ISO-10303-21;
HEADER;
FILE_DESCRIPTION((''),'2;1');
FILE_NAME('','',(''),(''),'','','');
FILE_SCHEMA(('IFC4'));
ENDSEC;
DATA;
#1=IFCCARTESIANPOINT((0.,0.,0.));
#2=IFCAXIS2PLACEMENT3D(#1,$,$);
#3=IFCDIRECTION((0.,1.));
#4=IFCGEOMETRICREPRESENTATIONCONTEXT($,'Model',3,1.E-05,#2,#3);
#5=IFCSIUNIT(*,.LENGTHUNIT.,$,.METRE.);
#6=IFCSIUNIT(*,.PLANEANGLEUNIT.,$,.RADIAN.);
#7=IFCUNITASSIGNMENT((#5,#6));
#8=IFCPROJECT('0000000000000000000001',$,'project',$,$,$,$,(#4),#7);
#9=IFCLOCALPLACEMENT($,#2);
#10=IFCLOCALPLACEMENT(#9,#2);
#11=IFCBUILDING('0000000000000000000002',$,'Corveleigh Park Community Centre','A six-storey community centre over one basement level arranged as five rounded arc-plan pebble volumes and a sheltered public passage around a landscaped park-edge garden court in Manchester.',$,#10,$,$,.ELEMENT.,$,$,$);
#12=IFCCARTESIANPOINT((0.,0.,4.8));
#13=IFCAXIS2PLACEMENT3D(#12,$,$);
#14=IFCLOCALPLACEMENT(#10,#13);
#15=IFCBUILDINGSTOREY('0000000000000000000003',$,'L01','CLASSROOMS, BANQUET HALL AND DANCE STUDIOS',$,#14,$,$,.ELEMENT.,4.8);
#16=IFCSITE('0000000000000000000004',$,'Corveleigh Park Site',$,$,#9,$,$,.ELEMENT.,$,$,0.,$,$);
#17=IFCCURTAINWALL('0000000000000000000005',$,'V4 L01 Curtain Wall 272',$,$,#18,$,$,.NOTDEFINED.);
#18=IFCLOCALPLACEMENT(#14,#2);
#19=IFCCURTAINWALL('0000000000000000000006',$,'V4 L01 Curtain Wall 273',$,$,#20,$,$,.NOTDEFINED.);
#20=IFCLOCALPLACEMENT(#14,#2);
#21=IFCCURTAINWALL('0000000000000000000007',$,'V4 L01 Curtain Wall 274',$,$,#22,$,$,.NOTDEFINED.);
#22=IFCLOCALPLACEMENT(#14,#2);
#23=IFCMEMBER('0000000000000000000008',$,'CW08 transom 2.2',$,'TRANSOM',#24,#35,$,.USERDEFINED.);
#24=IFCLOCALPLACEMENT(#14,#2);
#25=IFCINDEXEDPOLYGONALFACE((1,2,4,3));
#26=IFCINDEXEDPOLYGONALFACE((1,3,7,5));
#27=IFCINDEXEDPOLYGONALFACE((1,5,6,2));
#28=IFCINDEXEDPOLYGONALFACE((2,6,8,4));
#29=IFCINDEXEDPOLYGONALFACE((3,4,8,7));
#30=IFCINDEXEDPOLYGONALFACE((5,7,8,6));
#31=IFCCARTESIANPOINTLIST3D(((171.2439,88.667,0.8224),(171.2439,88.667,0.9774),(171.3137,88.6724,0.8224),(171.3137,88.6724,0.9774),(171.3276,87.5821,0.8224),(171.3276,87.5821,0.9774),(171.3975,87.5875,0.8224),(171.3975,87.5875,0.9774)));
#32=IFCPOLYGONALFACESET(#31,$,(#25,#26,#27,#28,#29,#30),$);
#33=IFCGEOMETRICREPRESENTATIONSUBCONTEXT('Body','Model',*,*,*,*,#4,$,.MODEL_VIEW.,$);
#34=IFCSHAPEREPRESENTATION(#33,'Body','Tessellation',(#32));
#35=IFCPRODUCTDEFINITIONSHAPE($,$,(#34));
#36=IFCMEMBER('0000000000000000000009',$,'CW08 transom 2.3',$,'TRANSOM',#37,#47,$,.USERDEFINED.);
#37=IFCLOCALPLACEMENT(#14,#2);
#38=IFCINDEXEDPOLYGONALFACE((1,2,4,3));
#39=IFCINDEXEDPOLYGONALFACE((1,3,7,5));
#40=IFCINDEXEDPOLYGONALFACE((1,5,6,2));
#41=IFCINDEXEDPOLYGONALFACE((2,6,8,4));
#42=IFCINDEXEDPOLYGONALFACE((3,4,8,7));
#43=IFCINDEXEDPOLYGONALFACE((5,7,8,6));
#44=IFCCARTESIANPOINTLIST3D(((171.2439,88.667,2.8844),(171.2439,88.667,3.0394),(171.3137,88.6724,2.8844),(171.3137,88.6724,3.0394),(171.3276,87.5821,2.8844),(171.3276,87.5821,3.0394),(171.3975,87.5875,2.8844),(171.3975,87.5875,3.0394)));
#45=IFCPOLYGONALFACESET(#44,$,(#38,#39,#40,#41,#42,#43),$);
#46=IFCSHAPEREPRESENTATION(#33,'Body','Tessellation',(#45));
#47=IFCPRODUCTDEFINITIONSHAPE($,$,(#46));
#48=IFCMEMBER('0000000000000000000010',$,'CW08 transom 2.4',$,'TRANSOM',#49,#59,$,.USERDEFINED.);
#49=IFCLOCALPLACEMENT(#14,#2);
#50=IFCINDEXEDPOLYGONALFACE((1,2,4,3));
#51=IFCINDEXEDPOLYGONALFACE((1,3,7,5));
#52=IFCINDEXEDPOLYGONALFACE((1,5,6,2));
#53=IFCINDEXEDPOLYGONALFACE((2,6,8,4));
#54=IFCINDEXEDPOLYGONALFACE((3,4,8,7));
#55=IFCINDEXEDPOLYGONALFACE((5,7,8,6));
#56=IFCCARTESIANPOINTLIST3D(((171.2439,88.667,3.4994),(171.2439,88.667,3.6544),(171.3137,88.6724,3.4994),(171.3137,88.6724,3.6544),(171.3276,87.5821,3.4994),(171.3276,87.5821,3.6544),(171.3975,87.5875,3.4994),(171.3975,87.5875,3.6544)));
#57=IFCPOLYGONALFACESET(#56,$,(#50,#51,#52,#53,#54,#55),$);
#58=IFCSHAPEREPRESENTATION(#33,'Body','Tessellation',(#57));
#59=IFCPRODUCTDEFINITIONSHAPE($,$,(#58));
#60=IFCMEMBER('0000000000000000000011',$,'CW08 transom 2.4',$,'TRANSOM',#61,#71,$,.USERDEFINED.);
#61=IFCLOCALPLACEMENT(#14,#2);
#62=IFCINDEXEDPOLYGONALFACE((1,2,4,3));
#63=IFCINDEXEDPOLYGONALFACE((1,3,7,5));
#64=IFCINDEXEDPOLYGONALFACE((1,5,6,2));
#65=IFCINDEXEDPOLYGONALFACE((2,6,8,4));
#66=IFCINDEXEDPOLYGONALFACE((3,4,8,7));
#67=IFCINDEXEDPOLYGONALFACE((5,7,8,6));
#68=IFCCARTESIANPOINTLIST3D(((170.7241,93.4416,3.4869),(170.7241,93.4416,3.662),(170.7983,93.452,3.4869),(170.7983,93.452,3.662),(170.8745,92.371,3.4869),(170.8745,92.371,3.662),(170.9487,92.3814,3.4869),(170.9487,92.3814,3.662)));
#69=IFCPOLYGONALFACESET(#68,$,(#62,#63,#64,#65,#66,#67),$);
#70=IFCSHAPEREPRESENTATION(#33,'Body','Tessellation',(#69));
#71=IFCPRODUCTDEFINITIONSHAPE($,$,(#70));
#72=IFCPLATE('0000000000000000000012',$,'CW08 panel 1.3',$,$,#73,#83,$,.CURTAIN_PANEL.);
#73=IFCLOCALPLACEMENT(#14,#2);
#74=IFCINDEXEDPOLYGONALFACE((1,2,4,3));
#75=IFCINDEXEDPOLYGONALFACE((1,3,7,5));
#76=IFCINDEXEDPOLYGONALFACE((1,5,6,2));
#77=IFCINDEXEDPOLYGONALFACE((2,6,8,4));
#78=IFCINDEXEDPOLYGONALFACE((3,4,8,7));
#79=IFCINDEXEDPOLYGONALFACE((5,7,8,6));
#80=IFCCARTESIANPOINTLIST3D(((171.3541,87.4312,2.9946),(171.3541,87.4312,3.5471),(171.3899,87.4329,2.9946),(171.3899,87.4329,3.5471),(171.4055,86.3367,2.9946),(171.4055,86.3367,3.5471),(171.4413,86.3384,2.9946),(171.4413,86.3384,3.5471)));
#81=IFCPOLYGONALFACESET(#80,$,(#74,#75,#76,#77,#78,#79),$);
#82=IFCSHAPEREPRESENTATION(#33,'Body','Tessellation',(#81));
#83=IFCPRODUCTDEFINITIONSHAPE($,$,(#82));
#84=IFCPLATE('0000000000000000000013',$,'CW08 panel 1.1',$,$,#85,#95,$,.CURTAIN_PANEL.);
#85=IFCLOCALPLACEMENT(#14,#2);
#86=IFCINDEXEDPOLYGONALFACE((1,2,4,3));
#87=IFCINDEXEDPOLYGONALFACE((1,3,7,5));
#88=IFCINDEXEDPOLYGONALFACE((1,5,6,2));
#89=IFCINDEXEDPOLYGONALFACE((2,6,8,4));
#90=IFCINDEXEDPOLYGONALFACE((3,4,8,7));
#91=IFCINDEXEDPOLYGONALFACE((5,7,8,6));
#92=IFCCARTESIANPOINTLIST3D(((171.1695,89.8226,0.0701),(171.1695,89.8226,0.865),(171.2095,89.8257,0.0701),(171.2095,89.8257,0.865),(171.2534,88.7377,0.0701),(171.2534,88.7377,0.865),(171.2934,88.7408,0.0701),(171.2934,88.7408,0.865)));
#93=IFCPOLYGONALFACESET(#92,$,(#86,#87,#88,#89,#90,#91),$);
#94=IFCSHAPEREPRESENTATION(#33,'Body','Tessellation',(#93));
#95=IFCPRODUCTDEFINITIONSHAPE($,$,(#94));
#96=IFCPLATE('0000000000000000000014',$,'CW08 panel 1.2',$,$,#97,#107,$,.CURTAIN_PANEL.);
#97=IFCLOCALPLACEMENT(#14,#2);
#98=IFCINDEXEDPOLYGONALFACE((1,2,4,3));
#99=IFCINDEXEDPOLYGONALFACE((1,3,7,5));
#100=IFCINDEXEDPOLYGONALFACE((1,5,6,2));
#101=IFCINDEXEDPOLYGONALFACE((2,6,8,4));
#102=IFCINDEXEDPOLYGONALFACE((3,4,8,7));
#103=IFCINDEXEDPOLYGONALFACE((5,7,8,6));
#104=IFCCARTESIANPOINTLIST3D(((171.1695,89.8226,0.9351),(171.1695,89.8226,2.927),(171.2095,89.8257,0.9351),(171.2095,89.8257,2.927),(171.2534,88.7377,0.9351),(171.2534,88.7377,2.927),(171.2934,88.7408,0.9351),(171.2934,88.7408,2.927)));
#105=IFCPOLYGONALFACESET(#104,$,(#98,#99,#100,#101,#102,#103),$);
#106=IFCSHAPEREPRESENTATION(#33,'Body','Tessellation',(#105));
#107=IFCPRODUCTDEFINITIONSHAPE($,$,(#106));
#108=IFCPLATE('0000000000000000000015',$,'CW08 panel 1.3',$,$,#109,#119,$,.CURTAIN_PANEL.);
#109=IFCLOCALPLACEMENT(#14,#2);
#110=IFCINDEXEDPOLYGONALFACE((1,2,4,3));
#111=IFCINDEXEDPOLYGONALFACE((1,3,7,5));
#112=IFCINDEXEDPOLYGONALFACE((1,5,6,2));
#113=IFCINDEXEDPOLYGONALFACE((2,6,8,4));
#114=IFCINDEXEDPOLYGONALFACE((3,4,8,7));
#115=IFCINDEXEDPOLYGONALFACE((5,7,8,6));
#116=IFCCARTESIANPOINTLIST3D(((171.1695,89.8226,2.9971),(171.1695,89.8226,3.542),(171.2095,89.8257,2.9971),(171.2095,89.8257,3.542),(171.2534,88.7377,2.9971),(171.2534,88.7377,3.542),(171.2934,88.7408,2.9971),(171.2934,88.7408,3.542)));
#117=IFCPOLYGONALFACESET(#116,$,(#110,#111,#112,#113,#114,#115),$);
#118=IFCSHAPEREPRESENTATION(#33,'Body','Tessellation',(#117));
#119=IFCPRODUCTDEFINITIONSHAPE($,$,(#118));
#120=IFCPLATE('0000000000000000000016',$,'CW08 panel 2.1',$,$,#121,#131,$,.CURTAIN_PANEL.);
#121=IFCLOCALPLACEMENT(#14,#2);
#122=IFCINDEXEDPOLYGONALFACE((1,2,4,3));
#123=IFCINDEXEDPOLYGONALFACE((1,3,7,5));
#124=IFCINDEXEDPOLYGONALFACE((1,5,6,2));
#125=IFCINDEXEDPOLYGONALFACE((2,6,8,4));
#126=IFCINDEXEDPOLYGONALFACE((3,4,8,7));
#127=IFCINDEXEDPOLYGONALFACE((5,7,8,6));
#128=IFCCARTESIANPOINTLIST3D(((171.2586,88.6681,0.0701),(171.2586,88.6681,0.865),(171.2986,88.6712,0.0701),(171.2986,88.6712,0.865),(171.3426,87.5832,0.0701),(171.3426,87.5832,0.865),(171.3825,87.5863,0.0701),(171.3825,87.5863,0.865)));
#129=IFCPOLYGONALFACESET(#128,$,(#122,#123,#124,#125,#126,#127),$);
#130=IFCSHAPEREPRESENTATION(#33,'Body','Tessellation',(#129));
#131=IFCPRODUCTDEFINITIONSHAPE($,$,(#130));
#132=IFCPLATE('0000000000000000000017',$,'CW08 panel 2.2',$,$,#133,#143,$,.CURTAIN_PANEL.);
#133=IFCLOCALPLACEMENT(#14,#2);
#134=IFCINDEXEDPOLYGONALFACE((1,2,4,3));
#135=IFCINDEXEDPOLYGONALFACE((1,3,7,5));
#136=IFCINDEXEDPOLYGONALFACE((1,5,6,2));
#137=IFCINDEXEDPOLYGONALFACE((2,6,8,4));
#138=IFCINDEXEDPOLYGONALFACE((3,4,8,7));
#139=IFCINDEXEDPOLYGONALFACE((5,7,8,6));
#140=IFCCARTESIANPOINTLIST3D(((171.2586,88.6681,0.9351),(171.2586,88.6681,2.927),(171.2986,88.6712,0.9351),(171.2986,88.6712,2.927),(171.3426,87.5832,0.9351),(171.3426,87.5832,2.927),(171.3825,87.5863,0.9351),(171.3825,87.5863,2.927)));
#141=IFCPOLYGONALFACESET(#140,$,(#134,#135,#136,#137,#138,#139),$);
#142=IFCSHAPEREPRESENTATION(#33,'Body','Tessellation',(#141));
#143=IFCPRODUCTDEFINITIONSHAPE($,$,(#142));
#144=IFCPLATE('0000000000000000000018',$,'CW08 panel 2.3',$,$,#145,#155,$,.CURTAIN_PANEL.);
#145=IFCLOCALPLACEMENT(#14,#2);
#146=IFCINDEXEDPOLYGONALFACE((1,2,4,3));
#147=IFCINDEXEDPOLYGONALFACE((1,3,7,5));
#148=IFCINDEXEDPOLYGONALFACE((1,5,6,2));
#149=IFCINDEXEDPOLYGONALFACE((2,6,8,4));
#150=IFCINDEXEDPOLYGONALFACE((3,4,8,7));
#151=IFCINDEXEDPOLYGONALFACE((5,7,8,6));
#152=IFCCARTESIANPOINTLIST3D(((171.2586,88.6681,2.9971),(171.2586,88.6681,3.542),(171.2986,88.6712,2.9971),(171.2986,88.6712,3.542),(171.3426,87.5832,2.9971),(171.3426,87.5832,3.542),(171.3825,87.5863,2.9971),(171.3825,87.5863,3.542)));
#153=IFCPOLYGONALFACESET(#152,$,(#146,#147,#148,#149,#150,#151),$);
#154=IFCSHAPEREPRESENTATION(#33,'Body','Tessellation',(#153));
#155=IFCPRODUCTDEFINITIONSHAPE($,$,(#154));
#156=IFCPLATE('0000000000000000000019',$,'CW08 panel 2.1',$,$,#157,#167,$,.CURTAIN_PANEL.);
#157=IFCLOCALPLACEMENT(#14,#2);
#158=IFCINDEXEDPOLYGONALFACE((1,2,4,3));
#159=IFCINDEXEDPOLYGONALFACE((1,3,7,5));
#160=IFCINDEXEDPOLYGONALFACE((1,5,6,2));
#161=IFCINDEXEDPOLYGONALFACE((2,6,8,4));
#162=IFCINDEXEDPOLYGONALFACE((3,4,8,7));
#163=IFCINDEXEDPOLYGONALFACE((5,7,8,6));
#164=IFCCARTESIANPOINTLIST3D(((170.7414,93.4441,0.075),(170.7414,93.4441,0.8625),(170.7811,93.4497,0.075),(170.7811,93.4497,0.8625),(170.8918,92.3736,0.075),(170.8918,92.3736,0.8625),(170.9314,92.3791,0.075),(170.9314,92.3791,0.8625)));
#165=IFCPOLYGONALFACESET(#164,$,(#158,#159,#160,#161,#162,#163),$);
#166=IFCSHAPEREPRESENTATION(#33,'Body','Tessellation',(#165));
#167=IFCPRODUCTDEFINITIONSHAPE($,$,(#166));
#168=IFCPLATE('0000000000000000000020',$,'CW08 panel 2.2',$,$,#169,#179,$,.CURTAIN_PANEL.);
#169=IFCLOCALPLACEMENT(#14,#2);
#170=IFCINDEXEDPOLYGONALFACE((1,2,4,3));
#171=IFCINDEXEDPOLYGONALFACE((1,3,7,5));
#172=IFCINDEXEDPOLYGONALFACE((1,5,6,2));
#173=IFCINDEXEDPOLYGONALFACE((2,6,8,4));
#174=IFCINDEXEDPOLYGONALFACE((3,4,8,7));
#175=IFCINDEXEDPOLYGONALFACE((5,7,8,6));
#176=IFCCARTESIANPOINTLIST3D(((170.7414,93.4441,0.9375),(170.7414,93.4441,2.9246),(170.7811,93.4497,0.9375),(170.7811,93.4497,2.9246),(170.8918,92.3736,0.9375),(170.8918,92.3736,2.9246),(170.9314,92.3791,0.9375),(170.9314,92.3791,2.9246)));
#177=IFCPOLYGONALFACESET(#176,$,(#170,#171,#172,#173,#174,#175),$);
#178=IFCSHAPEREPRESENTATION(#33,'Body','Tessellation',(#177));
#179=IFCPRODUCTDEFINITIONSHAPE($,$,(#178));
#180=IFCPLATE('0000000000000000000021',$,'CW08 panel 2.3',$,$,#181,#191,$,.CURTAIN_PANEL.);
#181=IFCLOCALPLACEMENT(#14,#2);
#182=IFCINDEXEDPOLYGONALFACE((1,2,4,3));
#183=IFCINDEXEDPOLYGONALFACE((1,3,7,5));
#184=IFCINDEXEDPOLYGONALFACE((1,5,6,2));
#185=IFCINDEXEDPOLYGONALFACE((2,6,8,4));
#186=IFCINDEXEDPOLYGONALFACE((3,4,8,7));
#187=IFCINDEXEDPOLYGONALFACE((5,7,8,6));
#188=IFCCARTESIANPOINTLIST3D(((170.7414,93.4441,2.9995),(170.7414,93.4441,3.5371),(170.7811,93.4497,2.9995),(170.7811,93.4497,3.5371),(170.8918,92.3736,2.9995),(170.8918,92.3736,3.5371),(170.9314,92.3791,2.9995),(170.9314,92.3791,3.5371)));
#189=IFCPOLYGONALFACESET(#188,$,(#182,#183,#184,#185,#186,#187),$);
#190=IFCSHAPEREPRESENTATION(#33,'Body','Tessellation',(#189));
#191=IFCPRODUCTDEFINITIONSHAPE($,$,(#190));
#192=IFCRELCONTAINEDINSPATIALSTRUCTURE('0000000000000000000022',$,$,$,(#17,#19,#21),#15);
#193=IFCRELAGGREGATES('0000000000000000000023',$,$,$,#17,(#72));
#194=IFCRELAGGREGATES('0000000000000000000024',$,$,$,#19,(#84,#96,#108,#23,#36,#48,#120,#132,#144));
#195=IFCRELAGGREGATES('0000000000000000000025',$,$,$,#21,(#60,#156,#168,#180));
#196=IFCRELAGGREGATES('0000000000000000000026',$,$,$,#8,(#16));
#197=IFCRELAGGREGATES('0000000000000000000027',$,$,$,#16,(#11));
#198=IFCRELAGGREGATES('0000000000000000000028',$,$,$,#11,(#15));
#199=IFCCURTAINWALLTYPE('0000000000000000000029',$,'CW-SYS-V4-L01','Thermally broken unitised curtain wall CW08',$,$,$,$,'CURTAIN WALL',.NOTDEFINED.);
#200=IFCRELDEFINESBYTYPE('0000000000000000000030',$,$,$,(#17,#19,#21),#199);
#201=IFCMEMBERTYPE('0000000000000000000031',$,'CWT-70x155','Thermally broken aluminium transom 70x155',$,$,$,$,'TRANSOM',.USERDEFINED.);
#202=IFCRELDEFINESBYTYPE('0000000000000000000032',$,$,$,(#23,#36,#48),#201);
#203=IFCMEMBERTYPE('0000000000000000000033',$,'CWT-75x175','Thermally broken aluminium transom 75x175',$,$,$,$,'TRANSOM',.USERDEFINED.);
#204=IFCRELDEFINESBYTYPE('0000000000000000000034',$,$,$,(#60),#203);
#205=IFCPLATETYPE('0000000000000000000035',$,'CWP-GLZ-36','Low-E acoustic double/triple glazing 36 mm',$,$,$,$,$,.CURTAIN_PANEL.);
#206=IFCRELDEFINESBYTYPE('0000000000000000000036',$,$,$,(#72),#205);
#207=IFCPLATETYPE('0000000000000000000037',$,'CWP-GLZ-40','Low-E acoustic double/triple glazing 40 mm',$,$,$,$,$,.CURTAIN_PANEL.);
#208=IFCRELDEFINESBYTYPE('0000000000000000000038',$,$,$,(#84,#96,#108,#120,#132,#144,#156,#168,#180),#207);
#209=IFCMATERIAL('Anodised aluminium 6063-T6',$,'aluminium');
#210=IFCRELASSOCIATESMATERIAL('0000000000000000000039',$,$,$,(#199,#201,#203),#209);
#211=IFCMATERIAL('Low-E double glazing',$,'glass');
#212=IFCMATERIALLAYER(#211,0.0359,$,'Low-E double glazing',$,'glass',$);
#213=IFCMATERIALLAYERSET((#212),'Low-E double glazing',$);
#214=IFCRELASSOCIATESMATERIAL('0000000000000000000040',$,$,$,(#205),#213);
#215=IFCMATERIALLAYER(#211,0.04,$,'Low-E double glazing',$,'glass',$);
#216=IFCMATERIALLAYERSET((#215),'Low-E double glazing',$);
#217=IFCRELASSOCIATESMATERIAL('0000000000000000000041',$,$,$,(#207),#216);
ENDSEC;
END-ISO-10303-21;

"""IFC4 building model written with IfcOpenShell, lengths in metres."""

from ifc_helpers import new_model, si_unit, direction, frame, origin, origin_2d, place, context, subcontext, project, spatial, rectangle, extrude, material, layer, layer_set, material_profile, profile_set, type_object, element, aggregate, save


model = new_model("IFC4")

# Units and contexts
model_context = context("Model", 3, precision=1e-05, world=origin(), true_north=direction((0.0, 1.0)))
body_context = subcontext(model_context, "Body", "Model", "MODEL_VIEW")
ifc_project = project(units=[si_unit("LENGTHUNIT", "METRE"), si_unit("PLANEANGLEUNIT", "RADIAN")], contexts=[model_context])

# Site, building, storey
site_placement = place(None, origin())
site = spatial("IfcSite", under=ifc_project, at=site_placement, Name="Corveleigh Park Site", CompositionType="ELEMENT", RefElevation=0.0)
building_placement = place(site_placement, origin())
building = spatial("IfcBuilding", under=site, at=building_placement, Name="Corveleigh Park Community Centre", Description="A six-storey community centre over one basement level arranged as five rounded arc-plan pebble volumes and a sheltered public passage around a landscaped park-edge garden court in Manchester.", CompositionType="ELEMENT")
storey_placement = place(building_placement, frame((0.0, 0.0, 4.8)))
storey = spatial("IfcBuildingStorey", under=building, at=storey_placement, Name="L01", Description="CLASSROOMS, BANQUET HALL AND DANCE STUDIOS", CompositionType="ELEMENT", Elevation=4.8)

# Curtain wall
ifc_material_1 = material(Name="Anodised aluminium 6063-T6", Category="aluminium")
curtain_wall_type = type_object("IfcCurtainWallType", Name="CW-SYS-V4-L01", Description="Thermally broken unitised curtain wall CW08", ElementType="CURTAIN WALL", PredefinedType="NOTDEFINED", material=ifc_material_1)
curtain_wall_1_placement = place(storey_placement, origin())
curtain_wall_1 = element("IfcCurtainWall", 1, at=curtain_wall_1_placement, inside=storey, type_object=curtain_wall_type, Name="V4 L01 Curtain Wall 272", PredefinedType="NOTDEFINED")

# Curtain wall
curtain_wall_2_placement = place(storey_placement, origin())
curtain_wall_2 = element("IfcCurtainWall", 2, at=curtain_wall_2_placement, inside=storey, type_object=curtain_wall_type, Name="V4 L01 Curtain Wall 273", PredefinedType="NOTDEFINED")

# Curtain wall
curtain_wall_3_placement = place(storey_placement, origin())
curtain_wall_3 = element("IfcCurtainWall", 3, at=curtain_wall_3_placement, inside=storey, type_object=curtain_wall_type, Name="V4 L01 Curtain Wall 274", PredefinedType="NOTDEFINED")

# Members
ifc_material_profile_1 = material_profile(ifc_material_1, rectangle(XDim=0.0701, YDim=0.155, at=origin_2d()), Name="ALU-T70x155", Category="aluminium")
ifc_profile_set_1 = profile_set([ifc_material_profile_1], Name="Anodised aluminium 6063-T6")
member_type_1 = type_object("IfcMemberType", Name="CWT-70x155", Description="Thermally broken aluminium transom 70x155", ElementType="TRANSOM", PredefinedType="USERDEFINED", material=ifc_profile_set_1)
member_1_placement = place(storey_placement, frame((171.2788, 88.6697, 0.8999), z_axis=(0.076954, -0.997035, 0.0), x_axis=(0.997035, 0.076954, 0.0)))
member_1 = element("IfcMember", 4, at=member_1_placement, type_object=member_type_1, Name="CW08 transom 2.2", ObjectType="TRANSOM", PredefinedType="USERDEFINED", context=body_context, shape_type="SweptSolid", body=[
    extrude(rectangle(XDim=0.0701, YDim=0.155, at=origin_2d()), origin(), (0.0, 0.0, 1.0), 1.0881),
])
member_2_placement = place(storey_placement, frame((171.2788, 88.6697, 2.9619), z_axis=(0.076954, -0.997035, 0.0), x_axis=(0.997035, 0.076954, 0.0)))
member_2 = element("IfcMember", 5, at=member_2_placement, type_object=member_type_1, Name="CW08 transom 2.3", ObjectType="TRANSOM", PredefinedType="USERDEFINED", context=body_context, shape_type="SweptSolid", body=[
    extrude(rectangle(XDim=0.0701, YDim=0.155, at=origin_2d()), origin(), (0.0, 0.0, 1.0), 1.0881),
])
member_3_placement = place(storey_placement, frame((171.2788, 88.6697, 3.5769), z_axis=(0.076954, -0.997035, 0.0), x_axis=(0.997035, 0.076954, 0.0)))
member_3 = element("IfcMember", 6, at=member_3_placement, type_object=member_type_1, Name="CW08 transom 2.4", ObjectType="TRANSOM", PredefinedType="USERDEFINED", context=body_context, shape_type="SweptSolid", body=[
    extrude(rectangle(XDim=0.0701, YDim=0.155, at=origin_2d()), origin(), (0.0, 0.0, 1.0), 1.0881),
])
ifc_material_profile_2 = material_profile(ifc_material_1, rectangle(XDim=0.075, YDim=0.175, at=origin_2d()), Name="ALU-T75x175", Category="aluminium")
ifc_profile_set_2 = profile_set([ifc_material_profile_2], Name="Anodised aluminium 6063-T6")
member_type_2 = type_object("IfcMemberType", Name="CWT-75x175", Description="Thermally broken aluminium transom 75x175", ElementType="TRANSOM", PredefinedType="USERDEFINED", material=ifc_profile_set_2)
member_4_placement = place(storey_placement, frame((170.7612, 93.4468, 3.5745), z_axis=(0.139113, -0.990277, 0.0), x_axis=(0.990277, 0.139113, 0.0)))
member_4 = element("IfcMember", 7, at=member_4_placement, type_object=member_type_2, Name="CW08 transom 2.4", ObjectType="TRANSOM", PredefinedType="USERDEFINED", context=body_context, shape_type="SweptSolid", body=[
    extrude(rectangle(XDim=0.075, YDim=0.175, at=origin_2d()), origin(), (0.0, 0.0, 1.0), 1.0811),
])

# Plates
ifc_material_2 = material(Name="Low-E double glazing", Category="glass")
ifc_layer_1 = layer(ifc_material_2, 0.0359, Name="Low-E double glazing", Category="glass")
ifc_layer_set_1 = layer_set([ifc_layer_1], Name="Low-E double glazing")
plate_type_1 = type_object("IfcPlateType", Name="CWP-GLZ-36", Description="Low-E acoustic double/triple glazing 36 mm", PredefinedType="CURTAIN_PANEL", material=ifc_layer_set_1)
plate_1_placement = place(storey_placement, frame((171.3977, 86.8848, 2.9946), z_axis=(0.0, 0.0, 1.0), x_axis=(0.046928, -0.998898, 0.0)))
plate_1 = element("IfcPlate", 8, at=plate_1_placement, type_object=plate_type_1, Name="CW08 panel 1.3", PredefinedType="CURTAIN_PANEL", context=body_context, shape_type="SweptSolid", body=[
    extrude(rectangle(XDim=1.0957, YDim=0.0359, at=origin_2d()), origin(), (0.0, 0.0, 1.0), 0.5525),
])
aggregate(curtain_wall_1, [plate_1])
ifc_layer_2 = layer(ifc_material_2, 0.04, Name="Low-E double glazing", Category="glass")
ifc_layer_set_2 = layer_set([ifc_layer_2], Name="Low-E double glazing")
plate_type_2 = type_object("IfcPlateType", Name="CWP-GLZ-40", Description="Low-E acoustic double/triple glazing 40 mm", PredefinedType="CURTAIN_PANEL", material=ifc_layer_set_2)
plate_2_placement = place(storey_placement, frame((171.2314, 89.2817, 0.0701), z_axis=(0.0, 0.0, 1.0), x_axis=(0.077113, -0.997022, 0.0)))
plate_2 = element("IfcPlate", 9, at=plate_2_placement, type_object=plate_type_2, Name="CW08 panel 1.1", PredefinedType="CURTAIN_PANEL", context=body_context, shape_type="SweptSolid", body=[
    extrude(rectangle(XDim=1.0881, YDim=0.04, at=origin_2d()), origin(), (0.0, 0.0, 1.0), 0.7949),
])
plate_3_placement = place(storey_placement, frame((171.2314, 89.2817, 0.9351), z_axis=(0.0, 0.0, 1.0), x_axis=(0.077113, -0.997022, 0.0)))
plate_3 = element("IfcPlate", 10, at=plate_3_placement, type_object=plate_type_2, Name="CW08 panel 1.2", PredefinedType="CURTAIN_PANEL", context=body_context, shape_type="SweptSolid", body=[
    extrude(rectangle(XDim=1.0881, YDim=0.04, at=origin_2d()), origin(), (0.0, 0.0, 1.0), 1.9919),
])
plate_4_placement = place(storey_placement, frame((171.2314, 89.2817, 2.9971), z_axis=(0.0, 0.0, 1.0), x_axis=(0.077113, -0.997022, 0.0)))
plate_4 = element("IfcPlate", 11, at=plate_4_placement, type_object=plate_type_2, Name="CW08 panel 1.3", PredefinedType="CURTAIN_PANEL", context=body_context, shape_type="SweptSolid", body=[
    extrude(rectangle(XDim=1.0881, YDim=0.04, at=origin_2d()), origin(), (0.0, 0.0, 1.0), 0.5449),
])
plate_5_placement = place(storey_placement, frame((171.3206, 88.1272, 0.0701), z_axis=(0.0, 0.0, 1.0), x_axis=(0.077113, -0.997022, 0.0)))
plate_5 = element("IfcPlate", 12, at=plate_5_placement, type_object=plate_type_2, Name="CW08 panel 2.1", PredefinedType="CURTAIN_PANEL", context=body_context, shape_type="SweptSolid", body=[
    extrude(rectangle(XDim=1.0881, YDim=0.04, at=origin_2d()), origin(), (0.0, 0.0, 1.0), 0.7949),
])
plate_6_placement = place(storey_placement, frame((171.3206, 88.1272, 0.9351), z_axis=(0.0, 0.0, 1.0), x_axis=(0.077113, -0.997022, 0.0)))
plate_6 = element("IfcPlate", 13, at=plate_6_placement, type_object=plate_type_2, Name="CW08 panel 2.2", PredefinedType="CURTAIN_PANEL", context=body_context, shape_type="SweptSolid", body=[
    extrude(rectangle(XDim=1.0881, YDim=0.04, at=origin_2d()), origin(), (0.0, 0.0, 1.0), 1.9919),
])
plate_7_placement = place(storey_placement, frame((171.3206, 88.1272, 2.9971), z_axis=(0.0, 0.0, 1.0), x_axis=(0.077113, -0.997022, 0.0)))
plate_7 = element("IfcPlate", 14, at=plate_7_placement, type_object=plate_type_2, Name="CW08 panel 2.3", PredefinedType="CURTAIN_PANEL", context=body_context, shape_type="SweptSolid", body=[
    extrude(rectangle(XDim=1.0881, YDim=0.04, at=origin_2d()), origin(), (0.0, 0.0, 1.0), 0.5449),
])
aggregate(curtain_wall_2, [plate_2, plate_3, plate_4, member_1, member_2, member_3, plate_5, plate_6, plate_7])
plate_8_placement = place(storey_placement, frame((170.8364, 92.9116, 0.075), z_axis=(0.0, 0.0, 1.0), x_axis=(0.139075, -0.990282, 0.0)))
plate_8 = element("IfcPlate", 15, at=plate_8_placement, type_object=plate_type_2, Name="CW08 panel 2.1", PredefinedType="CURTAIN_PANEL", context=body_context, shape_type="SweptSolid", body=[
    extrude(rectangle(XDim=1.0811, YDim=0.04, at=origin_2d()), origin(), (0.0, 0.0, 1.0), 0.7876),
])
plate_9_placement = place(storey_placement, frame((170.8364, 92.9116, 0.9375), z_axis=(0.0, 0.0, 1.0), x_axis=(0.139075, -0.990282, 0.0)))
plate_9 = element("IfcPlate", 16, at=plate_9_placement, type_object=plate_type_2, Name="CW08 panel 2.2", PredefinedType="CURTAIN_PANEL", context=body_context, shape_type="SweptSolid", body=[
    extrude(rectangle(XDim=1.0811, YDim=0.04, at=origin_2d()), origin(), (0.0, 0.0, 1.0), 1.9871),
])
plate_10_placement = place(storey_placement, frame((170.8364, 92.9116, 2.9995), z_axis=(0.0, 0.0, 1.0), x_axis=(0.139075, -0.990282, 0.0)))
plate_10 = element("IfcPlate", 17, at=plate_10_placement, type_object=plate_type_2, Name="CW08 panel 2.3", PredefinedType="CURTAIN_PANEL", context=body_context, shape_type="SweptSolid", body=[
    extrude(rectangle(XDim=1.0811, YDim=0.04, at=origin_2d()), origin(), (0.0, 0.0, 1.0), 0.5376),
])
aggregate(curtain_wall_3, [member_4, plate_8, plate_9, plate_10])

save(model, "model.ifc")
